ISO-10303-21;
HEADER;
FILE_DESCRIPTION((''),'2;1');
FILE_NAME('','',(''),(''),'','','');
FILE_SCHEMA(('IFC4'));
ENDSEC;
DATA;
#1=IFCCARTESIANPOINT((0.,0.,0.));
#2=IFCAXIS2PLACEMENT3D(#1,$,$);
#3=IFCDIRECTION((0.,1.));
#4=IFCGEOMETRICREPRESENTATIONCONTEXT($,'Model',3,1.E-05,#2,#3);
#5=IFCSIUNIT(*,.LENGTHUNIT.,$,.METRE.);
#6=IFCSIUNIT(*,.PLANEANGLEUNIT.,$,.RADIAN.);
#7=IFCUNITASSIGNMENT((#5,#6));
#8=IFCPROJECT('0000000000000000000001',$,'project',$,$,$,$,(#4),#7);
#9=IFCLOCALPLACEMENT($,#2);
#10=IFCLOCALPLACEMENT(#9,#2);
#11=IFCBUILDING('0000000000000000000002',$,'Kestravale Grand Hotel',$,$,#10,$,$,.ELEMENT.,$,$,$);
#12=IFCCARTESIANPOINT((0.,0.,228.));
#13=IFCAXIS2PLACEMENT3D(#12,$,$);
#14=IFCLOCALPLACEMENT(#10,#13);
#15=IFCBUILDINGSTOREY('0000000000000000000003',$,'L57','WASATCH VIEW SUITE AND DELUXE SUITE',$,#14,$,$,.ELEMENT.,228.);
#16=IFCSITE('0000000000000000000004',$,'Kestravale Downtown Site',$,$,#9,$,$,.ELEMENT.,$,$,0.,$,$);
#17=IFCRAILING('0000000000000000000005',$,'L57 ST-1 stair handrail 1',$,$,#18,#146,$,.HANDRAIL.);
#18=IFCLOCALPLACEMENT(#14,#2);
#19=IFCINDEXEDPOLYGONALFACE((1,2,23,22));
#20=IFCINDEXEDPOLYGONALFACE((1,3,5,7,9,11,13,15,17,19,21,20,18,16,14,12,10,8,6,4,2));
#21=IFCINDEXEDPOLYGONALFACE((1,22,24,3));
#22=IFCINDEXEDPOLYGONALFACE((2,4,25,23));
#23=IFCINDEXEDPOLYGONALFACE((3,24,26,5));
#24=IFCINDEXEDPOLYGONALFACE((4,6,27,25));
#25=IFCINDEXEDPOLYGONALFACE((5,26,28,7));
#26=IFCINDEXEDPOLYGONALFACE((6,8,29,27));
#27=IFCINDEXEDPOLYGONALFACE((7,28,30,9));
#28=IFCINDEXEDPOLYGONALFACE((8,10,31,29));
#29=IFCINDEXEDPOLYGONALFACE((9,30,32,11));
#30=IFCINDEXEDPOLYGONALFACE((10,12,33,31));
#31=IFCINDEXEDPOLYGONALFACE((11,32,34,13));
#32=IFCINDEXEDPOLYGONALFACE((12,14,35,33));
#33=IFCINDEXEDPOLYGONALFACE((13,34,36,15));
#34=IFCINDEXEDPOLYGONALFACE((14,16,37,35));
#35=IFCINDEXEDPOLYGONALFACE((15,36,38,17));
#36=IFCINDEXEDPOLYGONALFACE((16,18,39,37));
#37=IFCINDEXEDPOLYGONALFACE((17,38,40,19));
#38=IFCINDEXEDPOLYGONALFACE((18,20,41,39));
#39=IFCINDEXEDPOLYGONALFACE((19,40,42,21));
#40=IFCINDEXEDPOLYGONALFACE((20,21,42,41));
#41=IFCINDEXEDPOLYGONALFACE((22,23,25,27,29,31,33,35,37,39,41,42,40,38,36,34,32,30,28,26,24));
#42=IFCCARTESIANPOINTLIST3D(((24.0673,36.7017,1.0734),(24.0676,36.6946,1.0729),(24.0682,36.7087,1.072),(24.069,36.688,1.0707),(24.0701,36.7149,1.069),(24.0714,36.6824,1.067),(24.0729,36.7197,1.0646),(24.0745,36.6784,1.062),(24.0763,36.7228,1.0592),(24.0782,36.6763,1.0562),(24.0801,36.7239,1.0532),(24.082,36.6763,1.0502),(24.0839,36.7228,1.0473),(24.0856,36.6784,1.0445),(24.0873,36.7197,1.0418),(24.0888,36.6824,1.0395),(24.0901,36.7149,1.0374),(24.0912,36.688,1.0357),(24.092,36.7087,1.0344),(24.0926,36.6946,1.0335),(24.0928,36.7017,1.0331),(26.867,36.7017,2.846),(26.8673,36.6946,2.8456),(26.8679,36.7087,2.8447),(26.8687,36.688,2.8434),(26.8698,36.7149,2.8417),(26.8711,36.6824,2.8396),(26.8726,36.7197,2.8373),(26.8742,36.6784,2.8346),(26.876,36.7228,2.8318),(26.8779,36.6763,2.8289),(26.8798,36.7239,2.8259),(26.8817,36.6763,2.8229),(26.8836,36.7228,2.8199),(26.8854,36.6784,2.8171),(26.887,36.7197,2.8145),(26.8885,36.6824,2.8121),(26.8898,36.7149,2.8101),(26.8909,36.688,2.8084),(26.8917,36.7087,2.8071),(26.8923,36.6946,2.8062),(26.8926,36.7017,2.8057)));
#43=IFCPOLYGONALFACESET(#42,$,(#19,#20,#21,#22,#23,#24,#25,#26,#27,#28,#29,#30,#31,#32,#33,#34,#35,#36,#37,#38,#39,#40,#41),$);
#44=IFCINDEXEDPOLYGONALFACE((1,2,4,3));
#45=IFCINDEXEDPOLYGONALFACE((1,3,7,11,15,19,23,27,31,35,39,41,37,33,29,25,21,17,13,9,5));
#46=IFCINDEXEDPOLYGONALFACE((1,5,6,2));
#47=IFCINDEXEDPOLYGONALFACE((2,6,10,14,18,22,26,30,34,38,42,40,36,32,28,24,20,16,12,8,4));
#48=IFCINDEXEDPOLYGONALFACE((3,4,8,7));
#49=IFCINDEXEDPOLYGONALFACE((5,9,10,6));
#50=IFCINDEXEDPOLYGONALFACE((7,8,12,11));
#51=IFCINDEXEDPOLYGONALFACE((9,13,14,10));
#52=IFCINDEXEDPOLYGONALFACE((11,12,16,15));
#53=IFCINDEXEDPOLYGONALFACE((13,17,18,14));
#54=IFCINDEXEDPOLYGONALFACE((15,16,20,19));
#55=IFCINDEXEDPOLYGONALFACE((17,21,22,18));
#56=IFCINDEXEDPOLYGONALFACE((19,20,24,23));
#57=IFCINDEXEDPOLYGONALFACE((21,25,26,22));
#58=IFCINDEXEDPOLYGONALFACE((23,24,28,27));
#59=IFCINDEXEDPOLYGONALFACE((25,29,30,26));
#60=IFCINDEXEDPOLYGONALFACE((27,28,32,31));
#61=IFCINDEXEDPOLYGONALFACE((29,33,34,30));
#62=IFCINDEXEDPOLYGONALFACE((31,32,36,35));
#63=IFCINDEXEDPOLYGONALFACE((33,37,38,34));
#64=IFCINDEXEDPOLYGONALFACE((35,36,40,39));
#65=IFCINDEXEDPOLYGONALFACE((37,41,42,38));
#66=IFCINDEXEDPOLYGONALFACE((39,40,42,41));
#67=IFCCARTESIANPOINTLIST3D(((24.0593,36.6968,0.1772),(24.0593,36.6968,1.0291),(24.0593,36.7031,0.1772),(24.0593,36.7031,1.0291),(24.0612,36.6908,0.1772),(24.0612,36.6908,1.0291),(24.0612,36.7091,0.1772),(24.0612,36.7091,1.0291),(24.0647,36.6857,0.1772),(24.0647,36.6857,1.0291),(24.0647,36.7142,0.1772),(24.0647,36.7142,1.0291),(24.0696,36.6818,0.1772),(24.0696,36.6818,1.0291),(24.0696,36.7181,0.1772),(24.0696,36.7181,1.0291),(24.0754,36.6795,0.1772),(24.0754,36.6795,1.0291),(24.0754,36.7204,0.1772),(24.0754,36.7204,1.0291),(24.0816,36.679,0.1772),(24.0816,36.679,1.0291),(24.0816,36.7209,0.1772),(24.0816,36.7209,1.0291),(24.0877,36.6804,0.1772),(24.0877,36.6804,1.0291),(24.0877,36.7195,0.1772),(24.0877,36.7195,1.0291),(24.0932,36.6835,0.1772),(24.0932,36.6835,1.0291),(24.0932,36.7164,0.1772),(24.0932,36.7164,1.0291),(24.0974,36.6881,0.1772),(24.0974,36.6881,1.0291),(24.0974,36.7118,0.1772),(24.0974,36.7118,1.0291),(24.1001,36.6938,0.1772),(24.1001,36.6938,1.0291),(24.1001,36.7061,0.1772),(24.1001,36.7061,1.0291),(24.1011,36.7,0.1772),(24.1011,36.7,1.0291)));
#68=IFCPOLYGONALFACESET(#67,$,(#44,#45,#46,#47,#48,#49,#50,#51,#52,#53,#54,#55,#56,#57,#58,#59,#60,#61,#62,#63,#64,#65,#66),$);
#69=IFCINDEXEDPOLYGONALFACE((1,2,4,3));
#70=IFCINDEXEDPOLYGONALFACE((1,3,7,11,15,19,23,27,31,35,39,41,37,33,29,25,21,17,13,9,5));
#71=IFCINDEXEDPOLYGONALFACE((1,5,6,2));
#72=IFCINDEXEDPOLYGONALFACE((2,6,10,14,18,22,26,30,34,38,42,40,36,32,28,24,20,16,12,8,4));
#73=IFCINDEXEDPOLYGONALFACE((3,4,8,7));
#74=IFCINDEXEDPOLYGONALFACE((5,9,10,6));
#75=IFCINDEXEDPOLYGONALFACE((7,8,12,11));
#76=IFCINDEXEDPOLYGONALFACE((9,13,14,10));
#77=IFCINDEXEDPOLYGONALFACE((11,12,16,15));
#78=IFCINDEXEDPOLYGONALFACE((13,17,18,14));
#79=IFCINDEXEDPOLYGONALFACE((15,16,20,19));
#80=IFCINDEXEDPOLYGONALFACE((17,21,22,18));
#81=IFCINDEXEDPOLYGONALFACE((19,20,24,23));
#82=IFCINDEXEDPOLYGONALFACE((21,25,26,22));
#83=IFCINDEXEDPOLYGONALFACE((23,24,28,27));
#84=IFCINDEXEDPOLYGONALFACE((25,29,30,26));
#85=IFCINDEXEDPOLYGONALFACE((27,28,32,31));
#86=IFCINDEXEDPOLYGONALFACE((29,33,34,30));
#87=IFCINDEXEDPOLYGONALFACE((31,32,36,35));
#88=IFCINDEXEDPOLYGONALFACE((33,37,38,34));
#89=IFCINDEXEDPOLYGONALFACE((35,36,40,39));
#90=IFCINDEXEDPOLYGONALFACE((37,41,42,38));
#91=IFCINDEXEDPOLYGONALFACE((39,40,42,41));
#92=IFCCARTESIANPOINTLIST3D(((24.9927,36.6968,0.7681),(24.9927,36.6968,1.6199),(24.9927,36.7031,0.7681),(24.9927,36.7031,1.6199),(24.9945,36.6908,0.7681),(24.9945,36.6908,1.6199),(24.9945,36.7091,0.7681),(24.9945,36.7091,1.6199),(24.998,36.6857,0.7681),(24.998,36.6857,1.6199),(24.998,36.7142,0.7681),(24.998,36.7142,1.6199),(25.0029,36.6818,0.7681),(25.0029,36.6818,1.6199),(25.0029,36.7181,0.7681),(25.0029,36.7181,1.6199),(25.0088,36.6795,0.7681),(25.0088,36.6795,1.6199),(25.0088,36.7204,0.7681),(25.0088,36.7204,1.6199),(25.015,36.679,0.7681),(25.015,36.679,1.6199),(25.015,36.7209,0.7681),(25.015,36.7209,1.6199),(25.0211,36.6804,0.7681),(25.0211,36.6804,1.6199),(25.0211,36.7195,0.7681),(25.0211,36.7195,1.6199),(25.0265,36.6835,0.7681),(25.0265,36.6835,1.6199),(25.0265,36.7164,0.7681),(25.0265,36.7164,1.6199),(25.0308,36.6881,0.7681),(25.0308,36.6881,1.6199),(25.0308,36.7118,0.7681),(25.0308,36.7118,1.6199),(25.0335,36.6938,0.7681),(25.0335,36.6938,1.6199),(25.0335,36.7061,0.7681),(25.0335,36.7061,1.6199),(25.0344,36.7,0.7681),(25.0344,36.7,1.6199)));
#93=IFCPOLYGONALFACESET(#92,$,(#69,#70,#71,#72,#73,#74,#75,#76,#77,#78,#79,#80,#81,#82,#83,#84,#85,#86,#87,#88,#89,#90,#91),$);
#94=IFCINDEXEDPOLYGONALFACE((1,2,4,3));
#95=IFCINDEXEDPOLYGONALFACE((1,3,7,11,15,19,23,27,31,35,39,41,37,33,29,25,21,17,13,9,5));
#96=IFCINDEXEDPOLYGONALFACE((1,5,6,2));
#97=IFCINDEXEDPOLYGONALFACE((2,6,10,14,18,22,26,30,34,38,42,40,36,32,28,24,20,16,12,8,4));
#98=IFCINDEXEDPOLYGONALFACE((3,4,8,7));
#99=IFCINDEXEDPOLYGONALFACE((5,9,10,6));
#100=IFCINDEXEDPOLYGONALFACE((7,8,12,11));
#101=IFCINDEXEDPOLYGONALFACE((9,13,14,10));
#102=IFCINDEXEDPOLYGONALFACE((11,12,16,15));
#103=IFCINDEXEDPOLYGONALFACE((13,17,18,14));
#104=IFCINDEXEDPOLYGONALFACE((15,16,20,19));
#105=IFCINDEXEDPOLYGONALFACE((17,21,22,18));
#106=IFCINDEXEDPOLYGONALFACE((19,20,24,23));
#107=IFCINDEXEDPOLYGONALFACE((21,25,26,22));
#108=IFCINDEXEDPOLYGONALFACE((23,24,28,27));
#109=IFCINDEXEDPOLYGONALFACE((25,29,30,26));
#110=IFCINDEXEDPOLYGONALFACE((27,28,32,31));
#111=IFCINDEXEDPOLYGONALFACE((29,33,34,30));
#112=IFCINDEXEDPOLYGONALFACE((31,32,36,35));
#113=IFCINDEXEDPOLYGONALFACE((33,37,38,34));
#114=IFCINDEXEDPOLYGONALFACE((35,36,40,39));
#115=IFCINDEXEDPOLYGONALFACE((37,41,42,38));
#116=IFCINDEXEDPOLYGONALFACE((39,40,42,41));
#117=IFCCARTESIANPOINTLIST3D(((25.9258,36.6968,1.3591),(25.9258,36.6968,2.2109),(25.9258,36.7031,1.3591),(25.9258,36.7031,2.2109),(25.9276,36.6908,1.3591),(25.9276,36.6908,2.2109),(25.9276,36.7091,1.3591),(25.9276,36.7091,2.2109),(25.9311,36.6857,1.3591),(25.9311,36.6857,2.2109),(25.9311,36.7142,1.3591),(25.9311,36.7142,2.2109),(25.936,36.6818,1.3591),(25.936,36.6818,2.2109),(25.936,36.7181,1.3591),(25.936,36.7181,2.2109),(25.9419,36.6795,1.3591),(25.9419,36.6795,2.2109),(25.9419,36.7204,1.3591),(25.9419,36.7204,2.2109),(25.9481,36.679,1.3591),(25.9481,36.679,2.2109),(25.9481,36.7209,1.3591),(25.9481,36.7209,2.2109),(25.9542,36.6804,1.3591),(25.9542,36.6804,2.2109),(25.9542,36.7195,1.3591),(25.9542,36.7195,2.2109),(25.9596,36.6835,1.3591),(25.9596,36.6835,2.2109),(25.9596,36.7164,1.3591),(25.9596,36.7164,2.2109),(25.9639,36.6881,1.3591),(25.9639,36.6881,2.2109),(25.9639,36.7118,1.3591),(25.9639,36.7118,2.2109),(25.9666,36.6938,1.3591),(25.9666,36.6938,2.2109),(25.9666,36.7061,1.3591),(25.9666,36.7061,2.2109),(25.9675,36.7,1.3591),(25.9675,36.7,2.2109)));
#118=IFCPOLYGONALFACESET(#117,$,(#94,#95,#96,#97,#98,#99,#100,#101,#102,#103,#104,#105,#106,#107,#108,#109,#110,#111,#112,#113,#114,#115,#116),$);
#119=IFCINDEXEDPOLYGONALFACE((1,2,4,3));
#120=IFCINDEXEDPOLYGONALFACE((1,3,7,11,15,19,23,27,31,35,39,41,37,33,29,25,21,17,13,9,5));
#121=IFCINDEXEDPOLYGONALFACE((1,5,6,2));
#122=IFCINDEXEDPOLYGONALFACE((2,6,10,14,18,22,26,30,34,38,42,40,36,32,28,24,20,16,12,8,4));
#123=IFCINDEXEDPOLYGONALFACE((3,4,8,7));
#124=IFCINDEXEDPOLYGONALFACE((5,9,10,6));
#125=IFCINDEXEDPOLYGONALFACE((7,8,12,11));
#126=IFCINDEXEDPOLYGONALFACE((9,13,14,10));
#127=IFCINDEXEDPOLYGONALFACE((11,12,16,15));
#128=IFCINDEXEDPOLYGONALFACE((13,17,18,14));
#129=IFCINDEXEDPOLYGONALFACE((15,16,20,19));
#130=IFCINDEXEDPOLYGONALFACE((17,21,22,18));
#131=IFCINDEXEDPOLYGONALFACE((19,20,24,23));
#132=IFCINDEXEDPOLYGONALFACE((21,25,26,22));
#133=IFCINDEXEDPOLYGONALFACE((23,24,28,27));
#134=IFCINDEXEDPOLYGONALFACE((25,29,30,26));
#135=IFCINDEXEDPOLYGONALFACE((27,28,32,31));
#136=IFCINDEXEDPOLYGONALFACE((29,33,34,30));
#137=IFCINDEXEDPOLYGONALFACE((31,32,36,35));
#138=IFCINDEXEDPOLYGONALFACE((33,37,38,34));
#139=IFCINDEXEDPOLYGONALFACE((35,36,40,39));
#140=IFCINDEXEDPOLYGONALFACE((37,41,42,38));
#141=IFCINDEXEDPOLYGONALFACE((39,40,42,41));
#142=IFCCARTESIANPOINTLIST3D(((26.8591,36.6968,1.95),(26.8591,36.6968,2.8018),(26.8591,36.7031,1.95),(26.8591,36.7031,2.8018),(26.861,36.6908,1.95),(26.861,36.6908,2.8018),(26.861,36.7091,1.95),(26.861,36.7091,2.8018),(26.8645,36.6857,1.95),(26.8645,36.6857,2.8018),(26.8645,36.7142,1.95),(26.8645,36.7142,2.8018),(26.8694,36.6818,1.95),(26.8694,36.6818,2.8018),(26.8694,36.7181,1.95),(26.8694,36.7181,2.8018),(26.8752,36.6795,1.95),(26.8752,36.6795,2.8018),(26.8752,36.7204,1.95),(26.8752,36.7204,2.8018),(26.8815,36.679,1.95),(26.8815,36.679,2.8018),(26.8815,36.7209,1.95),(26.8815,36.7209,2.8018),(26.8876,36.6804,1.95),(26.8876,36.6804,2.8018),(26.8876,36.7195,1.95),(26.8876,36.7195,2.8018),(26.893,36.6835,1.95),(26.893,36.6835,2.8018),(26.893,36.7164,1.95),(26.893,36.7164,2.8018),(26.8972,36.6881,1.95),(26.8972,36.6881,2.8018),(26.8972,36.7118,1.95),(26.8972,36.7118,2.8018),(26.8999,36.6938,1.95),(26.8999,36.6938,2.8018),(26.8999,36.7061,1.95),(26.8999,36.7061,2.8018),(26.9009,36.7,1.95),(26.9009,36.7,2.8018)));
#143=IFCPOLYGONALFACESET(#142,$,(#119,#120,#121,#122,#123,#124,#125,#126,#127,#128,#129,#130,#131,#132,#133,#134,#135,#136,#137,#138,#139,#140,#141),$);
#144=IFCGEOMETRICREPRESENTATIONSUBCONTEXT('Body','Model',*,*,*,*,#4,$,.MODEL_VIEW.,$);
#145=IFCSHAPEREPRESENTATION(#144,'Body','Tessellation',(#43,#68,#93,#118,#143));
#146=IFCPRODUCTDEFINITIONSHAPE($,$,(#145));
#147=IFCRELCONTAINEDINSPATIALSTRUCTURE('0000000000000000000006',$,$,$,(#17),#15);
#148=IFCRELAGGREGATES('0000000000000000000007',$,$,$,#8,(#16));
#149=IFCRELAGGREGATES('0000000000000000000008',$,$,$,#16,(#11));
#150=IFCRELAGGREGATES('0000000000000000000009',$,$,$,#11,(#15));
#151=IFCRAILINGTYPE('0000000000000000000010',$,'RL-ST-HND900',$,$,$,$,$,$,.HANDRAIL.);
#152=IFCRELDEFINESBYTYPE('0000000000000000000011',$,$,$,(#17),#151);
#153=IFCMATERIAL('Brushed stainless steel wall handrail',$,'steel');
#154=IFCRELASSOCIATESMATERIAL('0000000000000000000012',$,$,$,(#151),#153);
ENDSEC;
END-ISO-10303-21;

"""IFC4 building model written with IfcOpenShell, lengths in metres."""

from ifc_helpers import new_model, si_unit, direction, frame, origin, origin_2d, place, context, subcontext, project, spatial, circle, extrude, material, type_object, element, save


model = new_model("IFC4")

# Units and contexts
model_context = context("Model", 3, precision=1e-05, world=origin(), true_north=direction((0.0, 1.0)))
body_context = subcontext(model_context, "Body", "Model", "MODEL_VIEW")
ifc_project = project(units=[si_unit("LENGTHUNIT", "METRE"), si_unit("PLANEANGLEUNIT", "RADIAN")], contexts=[model_context])

# Site, building, storey
site_placement = place(None, origin())
site = spatial("IfcSite", under=ifc_project, at=site_placement, Name="Kestravale Downtown Site", CompositionType="ELEMENT", RefElevation=0.0)
building_placement = place(site_placement, origin())
building = spatial("IfcBuilding", under=site, at=building_placement, Name="Kestravale Grand Hotel", CompositionType="ELEMENT")
storey_placement = place(building_placement, frame((0.0, 0.0, 228.0)))
storey = spatial("IfcBuildingStorey", under=building, at=storey_placement, Name="L57", Description="WASATCH VIEW SUITE AND DELUXE SUITE", CompositionType="ELEMENT", Elevation=228.0)

# Railing
ifc_material_1 = material(Name="Brushed stainless steel wall handrail", Category="steel")
railing_type_1 = type_object("IfcRailingType", Name="RL-ST-HND900", PredefinedType="HANDRAIL", material=ifc_material_1)
railing_1_placement = place(storey_placement, frame((24.0801, 36.7, 0.1772)))
element("IfcRailing", 1, at=railing_1_placement, inside=storey, type_object=railing_type_1, Name="L57 ST-1 stair handrail 1", PredefinedType="HANDRAIL", context=body_context, shape_type="SweptSolid", body=[
    extrude(circle(Radius=0.0239, at=origin_2d()), frame((0.0, 0.0, 0.876), z_axis=(0.844888, 0.0, 0.534943), x_axis=(0.0, 1.0, 0.0)), (0.0, 0.0, 1.0), 3.3137),
    extrude(circle(Radius=0.021, at=origin_2d()), origin(), (0.0, 0.0, 1.0), 0.8518),
    extrude(circle(Radius=0.021, at=origin_2d()), frame((0.9333, 0.0, 0.5908)), (0.0, 0.0, 1.0), 0.8518),
    extrude(circle(Radius=0.021, at=origin_2d()), frame((1.8665, 0.0, 1.1819)), (0.0, 0.0, 1.0), 0.8518),
    extrude(circle(Radius=0.021, at=origin_2d()), frame((2.7998, 0.0, 1.7727)), (0.0, 0.0, 1.0), 0.8518),
])

save(model, "model.ifc")
